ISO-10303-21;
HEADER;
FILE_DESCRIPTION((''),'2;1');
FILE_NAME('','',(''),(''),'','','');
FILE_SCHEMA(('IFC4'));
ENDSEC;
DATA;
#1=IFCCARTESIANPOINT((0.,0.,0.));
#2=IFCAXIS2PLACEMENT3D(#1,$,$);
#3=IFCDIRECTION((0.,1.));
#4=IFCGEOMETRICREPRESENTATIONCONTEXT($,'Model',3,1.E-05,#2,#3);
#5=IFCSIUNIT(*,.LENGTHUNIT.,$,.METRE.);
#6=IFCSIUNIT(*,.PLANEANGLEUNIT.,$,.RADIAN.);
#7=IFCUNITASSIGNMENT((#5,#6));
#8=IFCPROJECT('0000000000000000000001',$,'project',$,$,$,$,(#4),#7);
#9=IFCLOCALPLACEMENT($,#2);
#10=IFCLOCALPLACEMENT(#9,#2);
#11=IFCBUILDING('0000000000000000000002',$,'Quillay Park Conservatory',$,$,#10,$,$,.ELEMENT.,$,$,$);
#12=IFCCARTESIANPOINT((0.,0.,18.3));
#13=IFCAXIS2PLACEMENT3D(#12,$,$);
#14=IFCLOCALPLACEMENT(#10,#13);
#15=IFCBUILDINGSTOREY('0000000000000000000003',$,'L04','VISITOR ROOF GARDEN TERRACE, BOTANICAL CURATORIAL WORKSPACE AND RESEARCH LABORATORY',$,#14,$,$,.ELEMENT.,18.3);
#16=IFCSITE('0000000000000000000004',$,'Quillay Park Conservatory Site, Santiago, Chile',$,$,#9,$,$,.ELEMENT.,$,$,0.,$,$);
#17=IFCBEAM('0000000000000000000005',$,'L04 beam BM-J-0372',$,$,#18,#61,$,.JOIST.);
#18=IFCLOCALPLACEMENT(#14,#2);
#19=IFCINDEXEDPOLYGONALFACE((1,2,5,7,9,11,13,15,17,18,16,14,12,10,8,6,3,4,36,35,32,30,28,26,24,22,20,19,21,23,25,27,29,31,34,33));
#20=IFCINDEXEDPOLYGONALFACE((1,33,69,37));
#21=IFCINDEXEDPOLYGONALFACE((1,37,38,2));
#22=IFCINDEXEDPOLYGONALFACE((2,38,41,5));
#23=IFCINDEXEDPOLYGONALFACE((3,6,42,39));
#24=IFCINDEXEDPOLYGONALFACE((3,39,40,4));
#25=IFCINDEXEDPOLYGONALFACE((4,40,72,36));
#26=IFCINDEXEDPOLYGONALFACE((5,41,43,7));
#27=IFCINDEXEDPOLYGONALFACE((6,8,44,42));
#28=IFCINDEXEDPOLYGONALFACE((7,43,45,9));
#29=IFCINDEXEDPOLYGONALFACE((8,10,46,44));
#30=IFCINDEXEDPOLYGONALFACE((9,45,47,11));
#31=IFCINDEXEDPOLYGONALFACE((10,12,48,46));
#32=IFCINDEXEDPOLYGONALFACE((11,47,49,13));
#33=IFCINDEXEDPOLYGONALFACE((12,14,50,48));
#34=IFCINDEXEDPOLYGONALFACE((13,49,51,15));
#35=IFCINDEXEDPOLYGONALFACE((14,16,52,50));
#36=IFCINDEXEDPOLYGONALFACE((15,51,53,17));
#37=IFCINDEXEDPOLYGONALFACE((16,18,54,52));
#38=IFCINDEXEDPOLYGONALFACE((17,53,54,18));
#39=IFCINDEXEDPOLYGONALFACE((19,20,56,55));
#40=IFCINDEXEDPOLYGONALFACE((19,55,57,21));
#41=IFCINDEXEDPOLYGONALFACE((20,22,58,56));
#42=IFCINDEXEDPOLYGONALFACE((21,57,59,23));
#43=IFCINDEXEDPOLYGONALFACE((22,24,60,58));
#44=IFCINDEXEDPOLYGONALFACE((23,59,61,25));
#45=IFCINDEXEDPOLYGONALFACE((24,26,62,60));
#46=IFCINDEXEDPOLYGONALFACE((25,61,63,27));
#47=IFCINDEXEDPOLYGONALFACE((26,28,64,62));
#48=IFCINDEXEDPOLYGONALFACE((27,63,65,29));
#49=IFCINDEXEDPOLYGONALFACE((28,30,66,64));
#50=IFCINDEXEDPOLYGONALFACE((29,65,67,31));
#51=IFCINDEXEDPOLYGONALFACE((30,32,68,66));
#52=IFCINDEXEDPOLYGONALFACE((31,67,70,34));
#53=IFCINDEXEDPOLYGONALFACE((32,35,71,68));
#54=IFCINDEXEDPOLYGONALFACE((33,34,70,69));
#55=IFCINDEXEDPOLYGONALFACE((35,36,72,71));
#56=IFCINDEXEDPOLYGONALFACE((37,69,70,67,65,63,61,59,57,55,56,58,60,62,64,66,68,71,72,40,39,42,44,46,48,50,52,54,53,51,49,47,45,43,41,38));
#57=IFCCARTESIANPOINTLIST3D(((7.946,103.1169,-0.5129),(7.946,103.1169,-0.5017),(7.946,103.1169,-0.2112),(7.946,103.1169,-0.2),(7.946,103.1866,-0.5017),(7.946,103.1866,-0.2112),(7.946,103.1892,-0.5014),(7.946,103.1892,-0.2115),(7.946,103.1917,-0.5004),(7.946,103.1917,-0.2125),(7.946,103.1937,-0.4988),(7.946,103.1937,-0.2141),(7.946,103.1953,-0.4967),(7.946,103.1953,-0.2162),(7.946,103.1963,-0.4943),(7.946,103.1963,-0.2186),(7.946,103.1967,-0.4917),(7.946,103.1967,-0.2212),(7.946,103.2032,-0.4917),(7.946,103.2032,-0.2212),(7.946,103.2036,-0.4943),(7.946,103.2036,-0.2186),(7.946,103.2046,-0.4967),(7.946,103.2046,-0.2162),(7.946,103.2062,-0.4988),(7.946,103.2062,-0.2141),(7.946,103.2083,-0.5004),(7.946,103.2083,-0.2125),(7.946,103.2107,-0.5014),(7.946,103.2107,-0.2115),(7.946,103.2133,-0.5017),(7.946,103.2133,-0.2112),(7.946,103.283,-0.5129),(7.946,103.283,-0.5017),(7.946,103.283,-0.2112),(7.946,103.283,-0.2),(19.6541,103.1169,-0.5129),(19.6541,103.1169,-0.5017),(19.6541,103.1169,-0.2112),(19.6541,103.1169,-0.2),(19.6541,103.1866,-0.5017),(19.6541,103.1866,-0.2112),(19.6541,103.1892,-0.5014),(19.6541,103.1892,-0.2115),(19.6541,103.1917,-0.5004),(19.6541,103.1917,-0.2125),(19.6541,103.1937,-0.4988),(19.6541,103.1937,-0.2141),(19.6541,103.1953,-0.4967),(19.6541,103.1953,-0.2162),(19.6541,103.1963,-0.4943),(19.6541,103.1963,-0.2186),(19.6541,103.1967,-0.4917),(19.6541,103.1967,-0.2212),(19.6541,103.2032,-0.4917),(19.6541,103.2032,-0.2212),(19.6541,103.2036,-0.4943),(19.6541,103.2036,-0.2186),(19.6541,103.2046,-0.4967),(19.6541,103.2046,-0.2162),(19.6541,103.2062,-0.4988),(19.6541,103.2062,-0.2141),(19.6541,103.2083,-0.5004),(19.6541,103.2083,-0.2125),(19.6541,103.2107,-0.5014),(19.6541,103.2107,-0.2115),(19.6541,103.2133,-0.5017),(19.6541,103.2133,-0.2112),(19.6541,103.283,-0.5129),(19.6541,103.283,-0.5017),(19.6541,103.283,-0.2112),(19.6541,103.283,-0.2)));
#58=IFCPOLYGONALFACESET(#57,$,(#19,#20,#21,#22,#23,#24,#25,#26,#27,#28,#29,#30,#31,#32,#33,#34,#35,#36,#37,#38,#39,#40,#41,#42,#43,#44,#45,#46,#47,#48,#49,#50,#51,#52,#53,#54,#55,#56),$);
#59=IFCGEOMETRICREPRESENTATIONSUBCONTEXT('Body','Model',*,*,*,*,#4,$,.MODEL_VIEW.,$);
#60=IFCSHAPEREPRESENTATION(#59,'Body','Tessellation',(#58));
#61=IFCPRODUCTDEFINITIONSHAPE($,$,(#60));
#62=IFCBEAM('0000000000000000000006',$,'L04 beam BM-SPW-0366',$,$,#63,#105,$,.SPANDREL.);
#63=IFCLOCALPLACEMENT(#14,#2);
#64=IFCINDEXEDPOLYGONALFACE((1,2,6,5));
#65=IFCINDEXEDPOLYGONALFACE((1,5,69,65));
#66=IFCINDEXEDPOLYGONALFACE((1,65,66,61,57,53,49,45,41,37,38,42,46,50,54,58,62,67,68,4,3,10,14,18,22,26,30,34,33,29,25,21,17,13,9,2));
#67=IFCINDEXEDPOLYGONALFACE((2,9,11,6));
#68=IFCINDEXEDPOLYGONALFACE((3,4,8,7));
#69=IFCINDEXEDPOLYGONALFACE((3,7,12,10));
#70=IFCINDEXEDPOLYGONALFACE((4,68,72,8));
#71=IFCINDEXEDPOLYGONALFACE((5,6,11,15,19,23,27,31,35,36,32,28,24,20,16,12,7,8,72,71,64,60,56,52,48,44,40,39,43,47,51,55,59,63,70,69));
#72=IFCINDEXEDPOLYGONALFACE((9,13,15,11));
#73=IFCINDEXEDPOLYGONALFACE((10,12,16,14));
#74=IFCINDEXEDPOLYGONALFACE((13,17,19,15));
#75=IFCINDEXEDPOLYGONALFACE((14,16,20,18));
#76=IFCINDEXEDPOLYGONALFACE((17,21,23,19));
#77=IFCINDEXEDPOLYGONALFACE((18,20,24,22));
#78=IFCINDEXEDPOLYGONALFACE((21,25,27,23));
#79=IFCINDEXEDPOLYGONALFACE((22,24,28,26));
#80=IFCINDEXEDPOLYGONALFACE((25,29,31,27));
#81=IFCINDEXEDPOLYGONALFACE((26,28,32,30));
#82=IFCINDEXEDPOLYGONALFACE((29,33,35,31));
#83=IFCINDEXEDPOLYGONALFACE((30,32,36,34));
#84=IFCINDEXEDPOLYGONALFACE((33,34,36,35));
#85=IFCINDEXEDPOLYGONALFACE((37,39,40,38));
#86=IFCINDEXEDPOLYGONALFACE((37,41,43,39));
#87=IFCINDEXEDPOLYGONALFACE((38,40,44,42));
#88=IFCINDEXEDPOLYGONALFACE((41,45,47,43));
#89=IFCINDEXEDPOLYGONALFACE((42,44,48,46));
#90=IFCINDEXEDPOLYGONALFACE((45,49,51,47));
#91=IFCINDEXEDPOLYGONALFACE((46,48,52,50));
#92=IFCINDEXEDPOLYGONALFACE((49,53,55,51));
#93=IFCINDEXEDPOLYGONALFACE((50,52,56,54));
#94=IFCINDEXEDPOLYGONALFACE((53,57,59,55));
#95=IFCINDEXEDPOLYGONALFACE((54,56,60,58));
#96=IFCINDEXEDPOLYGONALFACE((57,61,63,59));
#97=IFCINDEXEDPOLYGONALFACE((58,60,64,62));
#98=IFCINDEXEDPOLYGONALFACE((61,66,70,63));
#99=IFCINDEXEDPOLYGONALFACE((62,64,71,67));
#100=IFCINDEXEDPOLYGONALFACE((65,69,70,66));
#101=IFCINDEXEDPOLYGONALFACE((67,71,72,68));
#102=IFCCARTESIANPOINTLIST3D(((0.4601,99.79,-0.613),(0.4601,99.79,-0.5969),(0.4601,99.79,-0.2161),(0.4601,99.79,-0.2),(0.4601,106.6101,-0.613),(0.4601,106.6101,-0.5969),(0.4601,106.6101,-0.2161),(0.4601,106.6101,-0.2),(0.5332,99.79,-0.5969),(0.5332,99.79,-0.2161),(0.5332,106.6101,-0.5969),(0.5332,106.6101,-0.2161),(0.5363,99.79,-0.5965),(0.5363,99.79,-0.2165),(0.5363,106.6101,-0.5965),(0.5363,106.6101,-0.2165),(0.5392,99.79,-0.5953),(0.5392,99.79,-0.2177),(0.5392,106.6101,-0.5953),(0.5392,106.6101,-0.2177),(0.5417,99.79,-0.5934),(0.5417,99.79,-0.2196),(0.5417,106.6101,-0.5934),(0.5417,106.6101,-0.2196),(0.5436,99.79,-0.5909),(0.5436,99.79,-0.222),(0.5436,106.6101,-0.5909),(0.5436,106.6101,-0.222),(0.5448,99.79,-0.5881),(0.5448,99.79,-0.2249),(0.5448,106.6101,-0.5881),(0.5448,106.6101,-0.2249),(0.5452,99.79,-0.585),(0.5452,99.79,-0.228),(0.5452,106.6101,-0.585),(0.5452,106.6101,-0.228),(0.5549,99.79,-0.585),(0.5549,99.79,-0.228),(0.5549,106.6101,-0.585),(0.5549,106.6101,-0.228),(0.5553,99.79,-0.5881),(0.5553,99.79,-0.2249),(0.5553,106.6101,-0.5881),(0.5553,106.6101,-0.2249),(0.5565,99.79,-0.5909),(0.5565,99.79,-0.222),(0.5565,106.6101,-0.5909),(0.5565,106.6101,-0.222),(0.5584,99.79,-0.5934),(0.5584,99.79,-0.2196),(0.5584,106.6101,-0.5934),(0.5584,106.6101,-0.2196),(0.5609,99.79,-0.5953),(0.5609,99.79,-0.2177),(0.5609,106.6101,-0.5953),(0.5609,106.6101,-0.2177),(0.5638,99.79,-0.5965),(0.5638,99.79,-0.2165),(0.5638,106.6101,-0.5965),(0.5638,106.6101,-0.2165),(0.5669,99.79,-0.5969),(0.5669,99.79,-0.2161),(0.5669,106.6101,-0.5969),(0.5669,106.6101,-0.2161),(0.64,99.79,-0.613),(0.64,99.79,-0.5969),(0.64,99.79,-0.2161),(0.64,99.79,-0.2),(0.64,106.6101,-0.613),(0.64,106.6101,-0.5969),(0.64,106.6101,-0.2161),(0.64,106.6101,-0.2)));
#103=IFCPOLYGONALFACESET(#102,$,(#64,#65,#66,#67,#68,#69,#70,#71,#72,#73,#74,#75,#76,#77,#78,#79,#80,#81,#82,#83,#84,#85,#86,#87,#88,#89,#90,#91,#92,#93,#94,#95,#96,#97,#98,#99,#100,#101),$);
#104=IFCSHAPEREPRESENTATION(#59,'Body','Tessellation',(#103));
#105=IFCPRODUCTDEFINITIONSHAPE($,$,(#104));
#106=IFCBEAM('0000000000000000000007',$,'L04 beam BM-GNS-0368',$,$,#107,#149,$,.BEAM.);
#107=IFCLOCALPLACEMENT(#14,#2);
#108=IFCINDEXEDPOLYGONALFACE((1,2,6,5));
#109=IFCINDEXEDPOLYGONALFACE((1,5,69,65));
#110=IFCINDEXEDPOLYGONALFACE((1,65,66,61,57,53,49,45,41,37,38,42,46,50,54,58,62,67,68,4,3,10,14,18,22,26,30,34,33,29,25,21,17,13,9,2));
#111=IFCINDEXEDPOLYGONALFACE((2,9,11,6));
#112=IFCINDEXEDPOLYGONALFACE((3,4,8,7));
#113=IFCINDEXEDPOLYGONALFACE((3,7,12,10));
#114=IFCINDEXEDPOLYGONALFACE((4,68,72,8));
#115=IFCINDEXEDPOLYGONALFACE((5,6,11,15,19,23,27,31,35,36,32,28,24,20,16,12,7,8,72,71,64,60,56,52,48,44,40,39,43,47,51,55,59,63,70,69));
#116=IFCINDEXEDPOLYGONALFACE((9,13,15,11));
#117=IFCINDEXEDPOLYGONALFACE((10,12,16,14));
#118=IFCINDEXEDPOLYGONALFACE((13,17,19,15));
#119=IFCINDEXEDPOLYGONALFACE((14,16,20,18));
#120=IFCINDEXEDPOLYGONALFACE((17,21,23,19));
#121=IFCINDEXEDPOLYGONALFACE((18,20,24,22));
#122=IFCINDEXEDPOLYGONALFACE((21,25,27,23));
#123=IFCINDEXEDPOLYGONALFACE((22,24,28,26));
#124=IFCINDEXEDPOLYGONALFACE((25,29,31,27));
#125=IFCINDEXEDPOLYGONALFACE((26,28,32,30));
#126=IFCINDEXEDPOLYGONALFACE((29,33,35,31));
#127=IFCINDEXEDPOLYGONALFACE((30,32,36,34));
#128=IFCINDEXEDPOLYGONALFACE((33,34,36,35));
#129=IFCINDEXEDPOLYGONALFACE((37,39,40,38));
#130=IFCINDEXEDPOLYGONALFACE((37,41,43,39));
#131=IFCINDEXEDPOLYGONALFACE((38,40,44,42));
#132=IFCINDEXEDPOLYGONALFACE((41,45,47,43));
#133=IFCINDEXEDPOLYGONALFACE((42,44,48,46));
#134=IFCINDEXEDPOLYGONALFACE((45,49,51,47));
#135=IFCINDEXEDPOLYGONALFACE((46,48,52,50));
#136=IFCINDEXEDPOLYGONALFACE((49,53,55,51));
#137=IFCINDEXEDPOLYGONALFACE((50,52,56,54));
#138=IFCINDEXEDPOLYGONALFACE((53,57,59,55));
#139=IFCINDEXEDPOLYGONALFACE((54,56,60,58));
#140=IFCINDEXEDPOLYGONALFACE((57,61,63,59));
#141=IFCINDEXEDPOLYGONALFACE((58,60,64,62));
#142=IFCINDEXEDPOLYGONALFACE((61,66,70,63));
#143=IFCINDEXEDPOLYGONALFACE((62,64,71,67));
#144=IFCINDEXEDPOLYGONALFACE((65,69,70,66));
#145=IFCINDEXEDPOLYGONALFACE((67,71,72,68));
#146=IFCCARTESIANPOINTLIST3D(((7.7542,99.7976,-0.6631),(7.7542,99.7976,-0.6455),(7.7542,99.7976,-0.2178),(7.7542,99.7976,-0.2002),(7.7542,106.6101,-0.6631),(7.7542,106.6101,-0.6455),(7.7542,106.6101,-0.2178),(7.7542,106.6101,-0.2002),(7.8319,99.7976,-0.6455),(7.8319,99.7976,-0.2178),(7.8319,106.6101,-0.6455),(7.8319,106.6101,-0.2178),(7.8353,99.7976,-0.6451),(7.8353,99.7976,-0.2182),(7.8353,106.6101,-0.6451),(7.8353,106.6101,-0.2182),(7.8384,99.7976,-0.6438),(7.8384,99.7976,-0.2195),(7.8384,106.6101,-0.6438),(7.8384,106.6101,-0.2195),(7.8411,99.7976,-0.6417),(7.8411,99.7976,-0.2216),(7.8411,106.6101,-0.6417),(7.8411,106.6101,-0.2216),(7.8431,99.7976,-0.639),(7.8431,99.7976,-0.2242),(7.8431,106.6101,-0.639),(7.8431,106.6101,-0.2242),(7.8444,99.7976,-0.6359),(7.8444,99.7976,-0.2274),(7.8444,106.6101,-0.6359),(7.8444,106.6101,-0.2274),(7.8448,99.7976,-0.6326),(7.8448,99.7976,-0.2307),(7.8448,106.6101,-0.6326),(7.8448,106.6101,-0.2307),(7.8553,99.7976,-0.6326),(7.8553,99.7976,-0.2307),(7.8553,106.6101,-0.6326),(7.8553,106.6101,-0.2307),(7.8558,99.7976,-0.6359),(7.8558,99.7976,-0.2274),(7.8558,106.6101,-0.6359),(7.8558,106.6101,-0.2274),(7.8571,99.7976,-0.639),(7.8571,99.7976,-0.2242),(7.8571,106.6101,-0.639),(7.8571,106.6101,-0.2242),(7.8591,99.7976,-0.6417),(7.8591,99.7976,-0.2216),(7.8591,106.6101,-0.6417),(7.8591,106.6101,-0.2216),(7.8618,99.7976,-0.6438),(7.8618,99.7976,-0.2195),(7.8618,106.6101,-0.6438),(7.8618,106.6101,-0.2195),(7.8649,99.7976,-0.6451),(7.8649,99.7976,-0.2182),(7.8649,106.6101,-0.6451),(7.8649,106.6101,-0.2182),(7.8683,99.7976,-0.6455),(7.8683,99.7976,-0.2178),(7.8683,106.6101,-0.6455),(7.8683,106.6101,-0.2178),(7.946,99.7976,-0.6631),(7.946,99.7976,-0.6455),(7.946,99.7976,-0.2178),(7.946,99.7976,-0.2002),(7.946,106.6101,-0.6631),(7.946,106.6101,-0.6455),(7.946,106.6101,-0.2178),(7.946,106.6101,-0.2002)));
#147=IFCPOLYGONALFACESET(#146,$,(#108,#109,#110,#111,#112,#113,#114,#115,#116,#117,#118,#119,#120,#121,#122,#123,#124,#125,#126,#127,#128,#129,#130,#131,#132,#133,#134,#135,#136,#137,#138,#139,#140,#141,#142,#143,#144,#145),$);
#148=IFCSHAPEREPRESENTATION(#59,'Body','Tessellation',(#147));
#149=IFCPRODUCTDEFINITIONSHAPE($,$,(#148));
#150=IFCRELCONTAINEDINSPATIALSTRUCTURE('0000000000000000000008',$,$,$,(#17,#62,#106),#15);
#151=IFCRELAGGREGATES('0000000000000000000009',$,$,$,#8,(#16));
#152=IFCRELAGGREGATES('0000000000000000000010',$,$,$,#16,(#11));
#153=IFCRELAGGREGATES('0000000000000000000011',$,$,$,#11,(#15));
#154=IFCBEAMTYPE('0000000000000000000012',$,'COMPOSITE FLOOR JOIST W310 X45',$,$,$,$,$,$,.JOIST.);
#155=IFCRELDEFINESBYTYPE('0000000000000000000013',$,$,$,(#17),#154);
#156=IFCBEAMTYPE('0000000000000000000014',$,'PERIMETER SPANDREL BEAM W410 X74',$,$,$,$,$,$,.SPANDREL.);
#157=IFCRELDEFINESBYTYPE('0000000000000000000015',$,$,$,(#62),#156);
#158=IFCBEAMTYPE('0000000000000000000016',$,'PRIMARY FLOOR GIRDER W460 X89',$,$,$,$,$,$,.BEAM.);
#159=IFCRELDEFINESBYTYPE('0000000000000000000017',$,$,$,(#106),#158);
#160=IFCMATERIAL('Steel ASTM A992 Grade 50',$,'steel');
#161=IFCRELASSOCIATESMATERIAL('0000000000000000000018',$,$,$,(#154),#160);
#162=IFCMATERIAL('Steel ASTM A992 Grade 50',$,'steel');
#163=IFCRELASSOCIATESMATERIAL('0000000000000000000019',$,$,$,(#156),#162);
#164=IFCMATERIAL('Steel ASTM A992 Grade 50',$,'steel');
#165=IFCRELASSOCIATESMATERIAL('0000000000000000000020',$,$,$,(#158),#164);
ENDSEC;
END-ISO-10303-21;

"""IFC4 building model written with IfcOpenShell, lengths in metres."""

from ifc_helpers import new_model, si_unit, direction, frame, origin, origin_2d, place, context, subcontext, project, spatial, i_section, extrude, material, material_profile, profile_set, type_object, element, save


model = new_model("IFC4")

# Units and contexts
model_context = context("Model", 3, precision=1e-05, world=origin(), true_north=direction((0.0, 1.0)))
body_context = subcontext(model_context, "Body", "Model", "MODEL_VIEW")
ifc_project = project(units=[si_unit("LENGTHUNIT", "METRE"), si_unit("PLANEANGLEUNIT", "RADIAN")], contexts=[model_context])

# Site, building, storey
site_placement = place(None, origin())
site = spatial("IfcSite", under=ifc_project, at=site_placement, Name="Quillay Park Conservatory Site, Santiago, Chile", CompositionType="ELEMENT", RefElevation=0.0)
building_placement = place(site_placement, origin())
building = spatial("IfcBuilding", under=site, at=building_placement, Name="Quillay Park Conservatory", CompositionType="ELEMENT")
storey_placement = place(building_placement, frame((0.0, 0.0, 18.3)))
storey = spatial("IfcBuildingStorey", under=building, at=storey_placement, Name="L04", Description="VISITOR ROOF GARDEN TERRACE, BOTANICAL CURATORIAL WORKSPACE AND RESEARCH LABORATORY", CompositionType="ELEMENT", Elevation=18.3)

# Beams
ifc_material_1 = material(Name="Steel ASTM A992 Grade 50", Category="steel")
ifc_material_profile_1 = material_profile(ifc_material_1, i_section(OverallWidth=0.166, OverallDepth=0.313, WebThickness=0.0066, FlangeThickness=0.0112, FilletRadius=0.01, at=origin_2d()), Name="W310x45")
ifc_profile_set_1 = profile_set([ifc_material_profile_1], Name="Steel ASTM A992 Grade 50")
beam_type_1 = type_object("IfcBeamType", Name="COMPOSITE FLOOR JOIST W310 X45", PredefinedType="JOIST", material=ifc_profile_set_1)
beam_1_placement = place(storey_placement, frame((7.946, 103.2, -0.3564), z_axis=(1.0, 0.0, 0.0), x_axis=(0.0, 1.0, 0.0)))
element("IfcBeam", 1, at=beam_1_placement, inside=storey, type_object=beam_type_1, Name="L04 beam BM-J-0372", PredefinedType="JOIST", context=body_context, shape_type="SweptSolid", body=[
    extrude(i_section(OverallWidth=0.166, OverallDepth=0.313, WebThickness=0.0066, FlangeThickness=0.0112, FilletRadius=0.01, at=origin_2d()), origin(), (0.0, 0.0, 1.0), 11.708),
])
ifc_material_2 = material(Name="Steel ASTM A992 Grade 50", Category="steel")
ifc_material_profile_2 = material_profile(ifc_material_2, i_section(OverallWidth=0.1799, OverallDepth=0.4131, WebThickness=0.0098, FlangeThickness=0.0161, FilletRadius=0.012, at=origin_2d()), Name="W410x74")
ifc_profile_set_2 = profile_set([ifc_material_profile_2], Name="Steel ASTM A992 Grade 50")
beam_type_2 = type_object("IfcBeamType", Name="PERIMETER SPANDREL BEAM W410 X74", PredefinedType="SPANDREL", material=ifc_profile_set_2)
beam_2_placement = place(storey_placement, frame((0.55, 99.79, -0.4065), z_axis=(0.0, 1.0, 0.0), x_axis=(-1.0, 0.0, 0.0)))
element("IfcBeam", 2, at=beam_2_placement, inside=storey, type_object=beam_type_2, Name="L04 beam BM-SPW-0366", PredefinedType="SPANDREL", context=body_context, shape_type="SweptSolid", body=[
    extrude(i_section(OverallWidth=0.1799, OverallDepth=0.4131, WebThickness=0.0098, FlangeThickness=0.0161, FilletRadius=0.012, at=origin_2d()), origin(), (0.0, 0.0, 1.0), 6.8201),
])
ifc_material_3 = material(Name="Steel ASTM A992 Grade 50", Category="steel")
ifc_material_profile_3 = material_profile(ifc_material_3, i_section(OverallWidth=0.1919, OverallDepth=0.4629, WebThickness=0.0105, FlangeThickness=0.0176, FilletRadius=0.0129, at=origin_2d()), Name="W460x89")
ifc_profile_set_3 = profile_set([ifc_material_profile_3], Name="Steel ASTM A992 Grade 50")
beam_type_3 = type_object("IfcBeamType", Name="PRIMARY FLOOR GIRDER W460 X89", PredefinedType="BEAM", material=ifc_profile_set_3)
beam_3_placement = place(storey_placement, frame((7.8501, 99.7976, -0.4316), z_axis=(0.0, 1.0, 0.0), x_axis=(-1.0, 0.0, 0.0)))
element("IfcBeam", 3, at=beam_3_placement, inside=storey, type_object=beam_type_3, Name="L04 beam BM-GNS-0368", PredefinedType="BEAM", context=body_context, shape_type="SweptSolid", body=[
    extrude(i_section(OverallWidth=0.1919, OverallDepth=0.4629, WebThickness=0.0105, FlangeThickness=0.0176, FilletRadius=0.0129, at=origin_2d()), origin(), (0.0, 0.0, 1.0), 6.8125),
])

save(model, "model.ifc")
